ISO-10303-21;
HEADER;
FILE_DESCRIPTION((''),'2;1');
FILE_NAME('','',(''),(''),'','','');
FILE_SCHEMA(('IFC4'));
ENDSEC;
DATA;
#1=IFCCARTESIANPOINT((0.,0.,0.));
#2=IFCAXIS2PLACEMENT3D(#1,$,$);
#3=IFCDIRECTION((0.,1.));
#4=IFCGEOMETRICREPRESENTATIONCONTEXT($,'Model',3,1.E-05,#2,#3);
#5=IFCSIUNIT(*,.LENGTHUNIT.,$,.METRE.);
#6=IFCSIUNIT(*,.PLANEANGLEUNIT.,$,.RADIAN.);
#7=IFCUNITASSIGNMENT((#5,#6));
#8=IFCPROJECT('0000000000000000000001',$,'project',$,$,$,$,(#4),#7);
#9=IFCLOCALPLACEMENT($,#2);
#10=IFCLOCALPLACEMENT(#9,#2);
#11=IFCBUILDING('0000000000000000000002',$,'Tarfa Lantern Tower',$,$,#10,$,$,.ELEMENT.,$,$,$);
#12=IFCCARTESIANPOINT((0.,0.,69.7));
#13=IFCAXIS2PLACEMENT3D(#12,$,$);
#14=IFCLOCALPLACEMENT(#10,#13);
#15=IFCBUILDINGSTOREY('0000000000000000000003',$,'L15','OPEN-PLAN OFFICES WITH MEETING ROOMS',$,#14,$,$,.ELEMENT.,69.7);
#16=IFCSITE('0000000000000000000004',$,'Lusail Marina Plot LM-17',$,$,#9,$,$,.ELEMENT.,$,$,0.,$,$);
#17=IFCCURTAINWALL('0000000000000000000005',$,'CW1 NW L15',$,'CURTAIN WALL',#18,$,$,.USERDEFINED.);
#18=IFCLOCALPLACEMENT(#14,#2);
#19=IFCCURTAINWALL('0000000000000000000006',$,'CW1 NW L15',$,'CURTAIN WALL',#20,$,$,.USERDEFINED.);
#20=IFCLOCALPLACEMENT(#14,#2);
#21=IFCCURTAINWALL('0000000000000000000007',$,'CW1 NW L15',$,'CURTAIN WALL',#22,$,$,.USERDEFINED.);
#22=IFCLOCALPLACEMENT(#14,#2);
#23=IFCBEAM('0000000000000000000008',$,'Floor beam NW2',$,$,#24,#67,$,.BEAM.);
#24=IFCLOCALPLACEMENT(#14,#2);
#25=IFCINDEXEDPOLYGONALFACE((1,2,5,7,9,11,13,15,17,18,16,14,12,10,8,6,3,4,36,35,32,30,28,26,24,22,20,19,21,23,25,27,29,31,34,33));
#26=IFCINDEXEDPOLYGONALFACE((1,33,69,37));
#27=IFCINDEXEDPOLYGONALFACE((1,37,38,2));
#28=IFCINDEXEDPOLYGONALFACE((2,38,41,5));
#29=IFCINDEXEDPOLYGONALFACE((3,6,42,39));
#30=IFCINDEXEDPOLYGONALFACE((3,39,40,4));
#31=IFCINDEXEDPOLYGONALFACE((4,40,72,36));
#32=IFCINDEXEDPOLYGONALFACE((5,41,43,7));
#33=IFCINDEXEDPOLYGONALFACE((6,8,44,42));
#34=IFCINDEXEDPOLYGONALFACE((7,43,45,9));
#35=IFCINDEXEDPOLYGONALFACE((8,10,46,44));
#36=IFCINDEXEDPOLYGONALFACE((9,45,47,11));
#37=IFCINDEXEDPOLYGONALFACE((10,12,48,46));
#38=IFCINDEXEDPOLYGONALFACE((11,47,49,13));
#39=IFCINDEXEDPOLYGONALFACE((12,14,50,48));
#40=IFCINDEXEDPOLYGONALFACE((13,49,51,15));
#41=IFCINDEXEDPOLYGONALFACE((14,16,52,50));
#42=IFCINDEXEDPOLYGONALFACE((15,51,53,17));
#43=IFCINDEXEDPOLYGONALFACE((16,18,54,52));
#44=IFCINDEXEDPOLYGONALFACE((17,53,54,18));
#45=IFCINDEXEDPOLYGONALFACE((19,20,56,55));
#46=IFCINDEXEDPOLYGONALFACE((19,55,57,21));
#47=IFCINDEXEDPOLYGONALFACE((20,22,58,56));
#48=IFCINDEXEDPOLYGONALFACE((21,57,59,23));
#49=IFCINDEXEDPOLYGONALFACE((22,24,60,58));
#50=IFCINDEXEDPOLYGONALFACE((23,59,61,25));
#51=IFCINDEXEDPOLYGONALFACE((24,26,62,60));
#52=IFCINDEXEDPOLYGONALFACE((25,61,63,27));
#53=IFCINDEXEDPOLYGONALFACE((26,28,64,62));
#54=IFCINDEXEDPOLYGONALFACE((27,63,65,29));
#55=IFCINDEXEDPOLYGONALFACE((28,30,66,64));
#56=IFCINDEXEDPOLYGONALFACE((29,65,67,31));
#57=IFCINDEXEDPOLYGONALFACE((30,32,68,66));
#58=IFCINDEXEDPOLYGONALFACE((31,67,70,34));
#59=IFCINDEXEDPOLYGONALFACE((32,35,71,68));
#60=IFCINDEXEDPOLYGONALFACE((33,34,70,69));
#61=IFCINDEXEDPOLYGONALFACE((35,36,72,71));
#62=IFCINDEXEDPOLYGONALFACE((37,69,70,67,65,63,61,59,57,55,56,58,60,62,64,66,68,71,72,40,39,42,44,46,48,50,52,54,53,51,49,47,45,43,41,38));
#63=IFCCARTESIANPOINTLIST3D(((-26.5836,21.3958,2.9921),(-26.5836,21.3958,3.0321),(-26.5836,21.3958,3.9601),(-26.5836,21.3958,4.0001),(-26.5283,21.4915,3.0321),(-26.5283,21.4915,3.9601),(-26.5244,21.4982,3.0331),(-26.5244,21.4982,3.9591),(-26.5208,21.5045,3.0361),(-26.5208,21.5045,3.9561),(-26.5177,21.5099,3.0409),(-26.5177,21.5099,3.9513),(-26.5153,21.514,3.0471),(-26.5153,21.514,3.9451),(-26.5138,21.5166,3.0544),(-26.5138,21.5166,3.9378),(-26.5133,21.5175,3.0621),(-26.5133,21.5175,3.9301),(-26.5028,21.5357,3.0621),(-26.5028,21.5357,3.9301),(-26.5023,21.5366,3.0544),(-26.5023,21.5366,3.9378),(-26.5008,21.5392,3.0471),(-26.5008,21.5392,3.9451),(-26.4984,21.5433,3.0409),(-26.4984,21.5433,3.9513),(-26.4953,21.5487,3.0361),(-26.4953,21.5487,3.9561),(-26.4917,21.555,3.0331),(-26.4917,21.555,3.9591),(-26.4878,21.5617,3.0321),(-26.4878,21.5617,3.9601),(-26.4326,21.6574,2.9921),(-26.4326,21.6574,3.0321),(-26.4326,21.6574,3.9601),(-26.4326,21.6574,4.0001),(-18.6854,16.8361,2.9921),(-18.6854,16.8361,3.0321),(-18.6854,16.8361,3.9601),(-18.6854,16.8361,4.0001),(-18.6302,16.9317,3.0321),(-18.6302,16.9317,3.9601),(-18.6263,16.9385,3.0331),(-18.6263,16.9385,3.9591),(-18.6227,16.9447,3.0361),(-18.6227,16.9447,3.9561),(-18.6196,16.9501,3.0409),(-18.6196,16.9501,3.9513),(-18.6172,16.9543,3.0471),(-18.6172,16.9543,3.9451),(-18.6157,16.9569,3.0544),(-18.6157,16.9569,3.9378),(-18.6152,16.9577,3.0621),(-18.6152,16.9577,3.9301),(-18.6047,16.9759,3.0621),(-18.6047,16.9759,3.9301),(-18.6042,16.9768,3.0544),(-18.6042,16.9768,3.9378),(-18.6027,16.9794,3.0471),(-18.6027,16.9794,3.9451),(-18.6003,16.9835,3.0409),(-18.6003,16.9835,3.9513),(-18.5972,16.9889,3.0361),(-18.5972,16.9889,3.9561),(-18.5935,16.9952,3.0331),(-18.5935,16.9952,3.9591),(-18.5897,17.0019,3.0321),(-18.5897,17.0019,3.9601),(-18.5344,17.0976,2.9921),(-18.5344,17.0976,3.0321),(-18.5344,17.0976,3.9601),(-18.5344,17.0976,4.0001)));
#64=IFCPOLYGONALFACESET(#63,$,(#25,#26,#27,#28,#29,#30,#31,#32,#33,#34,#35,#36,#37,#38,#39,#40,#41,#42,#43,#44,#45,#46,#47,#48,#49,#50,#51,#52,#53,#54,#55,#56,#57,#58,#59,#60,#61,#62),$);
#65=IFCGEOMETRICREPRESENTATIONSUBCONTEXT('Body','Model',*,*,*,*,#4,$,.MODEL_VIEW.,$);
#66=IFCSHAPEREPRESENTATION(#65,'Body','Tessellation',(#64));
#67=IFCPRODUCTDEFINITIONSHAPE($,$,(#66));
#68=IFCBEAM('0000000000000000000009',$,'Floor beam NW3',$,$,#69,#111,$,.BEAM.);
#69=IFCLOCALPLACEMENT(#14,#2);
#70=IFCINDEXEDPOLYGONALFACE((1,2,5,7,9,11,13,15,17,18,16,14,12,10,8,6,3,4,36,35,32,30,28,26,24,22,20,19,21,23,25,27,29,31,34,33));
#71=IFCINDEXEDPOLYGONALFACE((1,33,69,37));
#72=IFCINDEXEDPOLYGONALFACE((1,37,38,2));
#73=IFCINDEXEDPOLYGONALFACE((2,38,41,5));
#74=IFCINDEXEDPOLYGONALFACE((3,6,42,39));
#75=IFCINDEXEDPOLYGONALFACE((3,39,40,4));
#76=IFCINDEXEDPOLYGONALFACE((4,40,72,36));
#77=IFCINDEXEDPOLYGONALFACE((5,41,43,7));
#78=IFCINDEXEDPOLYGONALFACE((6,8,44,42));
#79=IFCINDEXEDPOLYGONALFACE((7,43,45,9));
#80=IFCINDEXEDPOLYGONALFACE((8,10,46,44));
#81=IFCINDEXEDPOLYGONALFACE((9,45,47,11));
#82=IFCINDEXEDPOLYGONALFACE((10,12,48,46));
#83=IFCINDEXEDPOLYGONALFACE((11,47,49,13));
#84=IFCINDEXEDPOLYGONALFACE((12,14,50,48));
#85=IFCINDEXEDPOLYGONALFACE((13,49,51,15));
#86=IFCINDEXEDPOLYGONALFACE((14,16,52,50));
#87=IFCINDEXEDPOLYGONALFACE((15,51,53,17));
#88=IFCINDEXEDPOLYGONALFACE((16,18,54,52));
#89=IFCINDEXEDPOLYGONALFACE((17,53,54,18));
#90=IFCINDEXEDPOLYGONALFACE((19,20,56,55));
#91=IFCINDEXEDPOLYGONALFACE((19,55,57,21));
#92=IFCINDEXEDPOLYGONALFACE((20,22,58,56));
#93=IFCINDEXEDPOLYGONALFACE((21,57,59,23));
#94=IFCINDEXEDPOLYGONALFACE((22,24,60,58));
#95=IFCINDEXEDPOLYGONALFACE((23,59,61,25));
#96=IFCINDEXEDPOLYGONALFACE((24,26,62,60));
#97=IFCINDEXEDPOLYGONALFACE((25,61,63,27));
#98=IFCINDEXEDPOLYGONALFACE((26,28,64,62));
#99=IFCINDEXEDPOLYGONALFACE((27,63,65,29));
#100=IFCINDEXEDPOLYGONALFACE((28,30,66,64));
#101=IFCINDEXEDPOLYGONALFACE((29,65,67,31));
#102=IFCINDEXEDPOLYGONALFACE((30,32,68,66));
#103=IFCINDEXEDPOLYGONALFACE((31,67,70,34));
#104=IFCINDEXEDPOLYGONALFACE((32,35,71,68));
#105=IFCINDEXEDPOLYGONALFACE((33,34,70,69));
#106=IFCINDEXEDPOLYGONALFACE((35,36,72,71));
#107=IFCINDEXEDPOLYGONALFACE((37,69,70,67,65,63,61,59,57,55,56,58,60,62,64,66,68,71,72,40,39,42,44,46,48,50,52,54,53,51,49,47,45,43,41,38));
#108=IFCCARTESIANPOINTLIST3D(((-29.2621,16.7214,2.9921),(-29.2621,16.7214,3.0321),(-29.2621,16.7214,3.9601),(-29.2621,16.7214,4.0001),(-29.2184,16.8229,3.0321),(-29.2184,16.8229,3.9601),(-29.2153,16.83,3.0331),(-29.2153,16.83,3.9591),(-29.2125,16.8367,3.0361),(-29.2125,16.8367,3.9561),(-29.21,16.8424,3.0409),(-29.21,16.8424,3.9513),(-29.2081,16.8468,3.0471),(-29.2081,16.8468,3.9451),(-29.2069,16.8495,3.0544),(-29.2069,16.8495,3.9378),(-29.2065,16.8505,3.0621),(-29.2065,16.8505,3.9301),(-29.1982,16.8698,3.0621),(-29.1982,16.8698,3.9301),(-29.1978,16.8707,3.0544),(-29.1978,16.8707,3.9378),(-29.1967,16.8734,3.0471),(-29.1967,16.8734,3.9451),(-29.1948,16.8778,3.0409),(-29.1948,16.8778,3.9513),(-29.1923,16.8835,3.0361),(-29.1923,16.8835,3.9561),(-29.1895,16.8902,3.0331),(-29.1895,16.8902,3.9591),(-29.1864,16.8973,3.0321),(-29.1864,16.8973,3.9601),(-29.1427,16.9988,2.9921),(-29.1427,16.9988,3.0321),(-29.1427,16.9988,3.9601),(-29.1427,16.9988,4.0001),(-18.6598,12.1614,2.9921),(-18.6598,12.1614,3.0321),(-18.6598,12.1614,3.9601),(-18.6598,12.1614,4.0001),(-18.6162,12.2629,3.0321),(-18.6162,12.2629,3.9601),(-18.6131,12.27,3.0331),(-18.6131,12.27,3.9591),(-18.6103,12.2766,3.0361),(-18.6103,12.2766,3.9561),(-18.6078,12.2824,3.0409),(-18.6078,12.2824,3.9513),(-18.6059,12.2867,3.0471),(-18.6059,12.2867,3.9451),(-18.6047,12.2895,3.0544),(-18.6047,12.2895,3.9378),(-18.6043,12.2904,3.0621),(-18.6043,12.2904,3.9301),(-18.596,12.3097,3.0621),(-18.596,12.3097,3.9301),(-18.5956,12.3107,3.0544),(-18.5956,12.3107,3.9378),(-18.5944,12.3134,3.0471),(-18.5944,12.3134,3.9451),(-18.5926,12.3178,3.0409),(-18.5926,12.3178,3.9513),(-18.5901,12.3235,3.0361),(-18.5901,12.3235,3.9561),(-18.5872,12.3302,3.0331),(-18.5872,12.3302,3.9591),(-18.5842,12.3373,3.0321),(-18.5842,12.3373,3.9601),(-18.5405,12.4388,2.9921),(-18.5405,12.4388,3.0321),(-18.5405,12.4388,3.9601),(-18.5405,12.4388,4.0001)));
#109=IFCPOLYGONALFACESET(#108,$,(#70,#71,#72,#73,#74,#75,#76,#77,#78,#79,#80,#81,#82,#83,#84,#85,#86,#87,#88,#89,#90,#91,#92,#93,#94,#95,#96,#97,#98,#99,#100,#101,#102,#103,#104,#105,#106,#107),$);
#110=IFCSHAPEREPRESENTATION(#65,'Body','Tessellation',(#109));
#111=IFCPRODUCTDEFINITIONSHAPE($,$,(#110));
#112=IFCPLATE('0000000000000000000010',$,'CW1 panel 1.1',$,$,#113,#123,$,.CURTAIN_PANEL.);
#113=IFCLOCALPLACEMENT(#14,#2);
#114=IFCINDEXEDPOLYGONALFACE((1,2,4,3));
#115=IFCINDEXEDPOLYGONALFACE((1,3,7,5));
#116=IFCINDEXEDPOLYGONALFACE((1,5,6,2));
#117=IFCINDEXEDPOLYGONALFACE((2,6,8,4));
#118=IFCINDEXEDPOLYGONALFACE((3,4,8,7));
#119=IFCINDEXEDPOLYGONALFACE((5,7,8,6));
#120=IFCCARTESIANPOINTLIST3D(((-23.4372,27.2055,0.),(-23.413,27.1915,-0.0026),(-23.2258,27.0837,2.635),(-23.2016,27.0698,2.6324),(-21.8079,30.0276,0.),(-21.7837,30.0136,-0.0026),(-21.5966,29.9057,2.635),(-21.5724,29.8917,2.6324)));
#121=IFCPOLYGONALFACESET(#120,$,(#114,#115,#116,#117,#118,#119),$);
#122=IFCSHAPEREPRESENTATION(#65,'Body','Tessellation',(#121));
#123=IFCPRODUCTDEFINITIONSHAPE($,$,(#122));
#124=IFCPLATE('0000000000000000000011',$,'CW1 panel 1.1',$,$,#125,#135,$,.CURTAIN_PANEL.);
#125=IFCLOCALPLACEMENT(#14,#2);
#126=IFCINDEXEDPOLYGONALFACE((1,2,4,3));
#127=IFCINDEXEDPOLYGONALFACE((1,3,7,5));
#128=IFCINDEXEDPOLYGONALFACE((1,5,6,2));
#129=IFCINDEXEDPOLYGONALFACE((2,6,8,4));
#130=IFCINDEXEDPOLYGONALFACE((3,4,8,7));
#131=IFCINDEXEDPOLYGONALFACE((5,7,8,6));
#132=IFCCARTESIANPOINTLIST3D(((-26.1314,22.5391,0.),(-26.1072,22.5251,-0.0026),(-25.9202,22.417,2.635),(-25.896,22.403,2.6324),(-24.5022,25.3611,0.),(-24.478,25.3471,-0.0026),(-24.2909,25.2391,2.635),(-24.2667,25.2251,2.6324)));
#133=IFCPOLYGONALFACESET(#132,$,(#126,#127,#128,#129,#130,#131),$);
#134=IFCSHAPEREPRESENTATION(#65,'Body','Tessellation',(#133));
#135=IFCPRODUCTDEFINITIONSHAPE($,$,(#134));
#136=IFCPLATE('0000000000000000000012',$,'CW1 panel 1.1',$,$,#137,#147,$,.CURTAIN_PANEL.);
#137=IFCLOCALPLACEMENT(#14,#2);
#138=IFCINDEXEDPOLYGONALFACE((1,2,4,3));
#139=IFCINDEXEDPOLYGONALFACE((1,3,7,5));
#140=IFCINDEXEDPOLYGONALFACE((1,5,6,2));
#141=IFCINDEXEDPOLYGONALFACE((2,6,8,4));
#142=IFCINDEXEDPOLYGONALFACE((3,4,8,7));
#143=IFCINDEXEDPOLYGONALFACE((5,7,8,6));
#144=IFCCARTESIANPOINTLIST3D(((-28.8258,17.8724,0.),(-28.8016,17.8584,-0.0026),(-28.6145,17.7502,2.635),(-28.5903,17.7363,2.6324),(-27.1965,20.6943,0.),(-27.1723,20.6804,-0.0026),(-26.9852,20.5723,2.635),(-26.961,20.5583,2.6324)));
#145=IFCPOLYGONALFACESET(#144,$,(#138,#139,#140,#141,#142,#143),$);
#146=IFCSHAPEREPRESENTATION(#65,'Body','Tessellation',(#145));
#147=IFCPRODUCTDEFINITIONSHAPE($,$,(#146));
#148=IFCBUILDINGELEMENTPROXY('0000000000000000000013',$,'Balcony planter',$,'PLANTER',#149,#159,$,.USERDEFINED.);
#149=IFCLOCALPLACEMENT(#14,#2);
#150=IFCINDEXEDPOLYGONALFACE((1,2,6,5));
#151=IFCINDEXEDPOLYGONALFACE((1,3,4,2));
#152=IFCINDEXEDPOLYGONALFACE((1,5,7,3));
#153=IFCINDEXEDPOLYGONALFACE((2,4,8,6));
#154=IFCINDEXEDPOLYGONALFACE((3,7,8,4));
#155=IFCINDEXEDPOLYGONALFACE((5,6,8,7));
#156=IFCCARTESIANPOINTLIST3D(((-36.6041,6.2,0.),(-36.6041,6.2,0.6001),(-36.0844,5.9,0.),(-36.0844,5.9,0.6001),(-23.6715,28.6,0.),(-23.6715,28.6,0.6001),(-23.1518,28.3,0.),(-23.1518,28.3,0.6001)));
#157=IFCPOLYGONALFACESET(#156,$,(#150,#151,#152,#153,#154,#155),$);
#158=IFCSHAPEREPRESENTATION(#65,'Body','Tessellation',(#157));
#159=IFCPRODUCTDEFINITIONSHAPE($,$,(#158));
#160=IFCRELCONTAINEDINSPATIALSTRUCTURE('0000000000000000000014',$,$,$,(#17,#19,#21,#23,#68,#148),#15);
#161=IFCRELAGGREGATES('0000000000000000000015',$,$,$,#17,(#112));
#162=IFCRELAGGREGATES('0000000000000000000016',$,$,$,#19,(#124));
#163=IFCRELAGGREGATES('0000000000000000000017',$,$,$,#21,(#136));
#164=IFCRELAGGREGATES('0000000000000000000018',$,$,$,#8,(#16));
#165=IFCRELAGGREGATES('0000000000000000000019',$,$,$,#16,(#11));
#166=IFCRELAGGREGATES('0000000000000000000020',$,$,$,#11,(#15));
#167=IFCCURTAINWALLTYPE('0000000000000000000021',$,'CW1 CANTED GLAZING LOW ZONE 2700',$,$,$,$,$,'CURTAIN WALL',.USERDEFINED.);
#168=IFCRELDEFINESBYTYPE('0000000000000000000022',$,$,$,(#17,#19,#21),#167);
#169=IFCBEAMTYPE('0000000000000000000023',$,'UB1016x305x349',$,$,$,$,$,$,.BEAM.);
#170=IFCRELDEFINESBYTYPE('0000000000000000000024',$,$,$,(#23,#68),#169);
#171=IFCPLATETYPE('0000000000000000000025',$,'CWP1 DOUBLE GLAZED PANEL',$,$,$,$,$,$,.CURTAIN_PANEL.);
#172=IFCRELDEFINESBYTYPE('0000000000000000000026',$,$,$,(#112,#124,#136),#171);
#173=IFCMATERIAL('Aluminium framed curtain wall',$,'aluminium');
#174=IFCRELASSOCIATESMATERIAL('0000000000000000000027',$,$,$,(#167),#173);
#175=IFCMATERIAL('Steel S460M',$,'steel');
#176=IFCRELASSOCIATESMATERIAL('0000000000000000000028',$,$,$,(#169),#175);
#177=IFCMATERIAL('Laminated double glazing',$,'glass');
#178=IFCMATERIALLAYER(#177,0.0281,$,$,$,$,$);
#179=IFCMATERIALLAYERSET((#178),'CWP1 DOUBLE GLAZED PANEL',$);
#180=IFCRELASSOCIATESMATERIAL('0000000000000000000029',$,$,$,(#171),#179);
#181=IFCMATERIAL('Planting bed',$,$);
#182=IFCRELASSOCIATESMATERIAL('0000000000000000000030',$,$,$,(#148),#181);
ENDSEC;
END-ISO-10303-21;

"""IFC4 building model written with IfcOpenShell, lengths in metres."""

from ifc_helpers import new_model, si_unit, direction, frame, origin, origin_2d, place, context, subcontext, project, spatial, polyline, rectangle, i_section, outline, extrude, material, layer, layer_set, material_profile, profile_set, type_object, element, aggregate, save


model = new_model("IFC4")

# Units and contexts
model_context = context("Model", 3, precision=1e-05, world=origin(), true_north=direction((0.0, 1.0)))
body_context = subcontext(model_context, "Body", "Model", "MODEL_VIEW")
ifc_project = project(units=[si_unit("LENGTHUNIT", "METRE"), si_unit("PLANEANGLEUNIT", "RADIAN")], contexts=[model_context])

# Site, building, storey
site_placement = place(None, origin())
site = spatial("IfcSite", under=ifc_project, at=site_placement, Name="Lusail Marina Plot LM-17", CompositionType="ELEMENT", RefElevation=0.0)
building_placement = place(site_placement, origin())
building = spatial("IfcBuilding", under=site, at=building_placement, Name="Tarfa Lantern Tower", CompositionType="ELEMENT")
storey_placement = place(building_placement, frame((0.0, 0.0, 69.7)))
storey = spatial("IfcBuildingStorey", under=building, at=storey_placement, Name="L15", Description="OPEN-PLAN OFFICES WITH MEETING ROOMS", CompositionType="ELEMENT", Elevation=69.7)

# Curtain walls
ifc_material_1 = material(Name="Aluminium framed curtain wall", Category="aluminium")
curtain_wall_type = type_object("IfcCurtainWallType", Name="CW1 CANTED GLAZING LOW ZONE 2700", ElementType="CURTAIN WALL", PredefinedType="USERDEFINED", material=ifc_material_1)
curtain_wall_1_placement = place(storey_placement, origin())
curtain_wall_1 = element("IfcCurtainWall", 1, at=curtain_wall_1_placement, inside=storey, type_object=curtain_wall_type, Name="CW1 NW L15", ObjectType="CURTAIN WALL", PredefinedType="USERDEFINED")
curtain_wall_2_placement = place(storey_placement, origin())
curtain_wall_2 = element("IfcCurtainWall", 2, at=curtain_wall_2_placement, inside=storey, type_object=curtain_wall_type, Name="CW1 NW L15", ObjectType="CURTAIN WALL", PredefinedType="USERDEFINED")
curtain_wall_3_placement = place(storey_placement, origin())
curtain_wall_3 = element("IfcCurtainWall", 3, at=curtain_wall_3_placement, inside=storey, type_object=curtain_wall_type, Name="CW1 NW L15", ObjectType="CURTAIN WALL", PredefinedType="USERDEFINED")

# Beams
ifc_material_2 = material(Name="Steel S460M", Category="steel")
ifc_material_profile_1 = material_profile(ifc_material_2, i_section(OverallWidth=0.302, OverallDepth=1.0081, WebThickness=0.021, FlangeThickness=0.04, FilletRadius=0.03, at=origin_2d()), Name="UB1016x305x349")
ifc_profile_set_1 = profile_set([ifc_material_profile_1], Name="Steel S460M")
beam_type_1 = type_object("IfcBeamType", Name="UB1016x305x349", PredefinedType="BEAM", material=ifc_profile_set_1)
beam_1_placement = place(storey_placement, frame((-26.5081, 21.5266, 3.4961), z_axis=(0.866035, -0.499983, 0.0), x_axis=(0.499983, 0.866035, 0.0)))
element("IfcBeam", 4, at=beam_1_placement, inside=storey, type_object=beam_type_1, Name="Floor beam NW2", PredefinedType="BEAM", context=body_context, shape_type="SweptSolid", body=[
    extrude(i_section(OverallWidth=0.302, OverallDepth=1.0081, WebThickness=0.021, FlangeThickness=0.04, FilletRadius=0.03, at=origin_2d()), origin(), (0.0, 0.0, 1.0), 9.1199),
])
beam_2_placement = place(storey_placement, frame((-29.2024, 16.8601, 3.4961), z_axis=(0.918635, -0.395106, 0.0), x_axis=(0.395106, 0.918635, 0.0)))
element("IfcBeam", 5, at=beam_2_placement, inside=storey, type_object=beam_type_1, Name="Floor beam NW3", PredefinedType="BEAM", context=body_context, shape_type="SweptSolid", body=[
    extrude(i_section(OverallWidth=0.302, OverallDepth=1.0081, WebThickness=0.021, FlangeThickness=0.04, FilletRadius=0.03, at=origin_2d()), origin(), (0.0, 0.0, 1.0), 11.5413),
])

# Plates
ifc_material_3 = material(Name="Laminated double glazing", Category="glass")
ifc_layer = layer(ifc_material_3, 0.0281)
ifc_layer_set = layer_set([ifc_layer], Name="CWP1 DOUBLE GLAZED PANEL")
plate_type = type_object("IfcPlateType", Name="CWP1 DOUBLE GLAZED PANEL", PredefinedType="CURTAIN_PANEL", material=ifc_layer_set)
plate_1_placement = place(storey_placement, frame((-21.8079, 30.0276, 0.0), z_axis=(-0.862342, 0.497867, 0.09217), x_axis=(-0.499995, -0.866028, -0.000003)))
plate_1 = element("IfcPlate", 6, at=plate_1_placement, type_object=plate_type, Name="CW1 panel 1.1", PredefinedType="CURTAIN_PANEL", context=body_context, shape_type="SweptSolid", body=[
    extrude(outline(polyline([(0.0, 0.0), (3.2586, 0.0), (3.2584, 2.6463), (-0.0001, 2.6463), (0.0, 0.0)])), origin(), (0.0, 0.0, -1.0), 0.0281),
])
aggregate(curtain_wall_1, [plate_1])
plate_2_placement = place(storey_placement, frame((-24.5022, 25.3611, 0.0), z_axis=(-0.862338, 0.497864, 0.092216), x_axis=(-0.499995, -0.866029, 0.000003)))
plate_2 = element("IfcPlate", 7, at=plate_2_placement, type_object=plate_type, Name="CW1 panel 1.1", PredefinedType="CURTAIN_PANEL", context=body_context, shape_type="SweptSolid", body=[
    extrude(outline(polyline([(0.0, 0.0), (3.2585, 0.0), (3.2587, 2.6463), (0.0, 2.6463), (0.0, 0.0)])), origin(), (0.0, 0.0, -1.0), 0.0281),
])
aggregate(curtain_wall_2, [plate_2])
plate_3_placement = place(storey_placement, frame((-27.1965, 20.6943, 0.0), z_axis=(-0.862338, 0.497864, 0.092216), x_axis=(-0.499995, -0.866029, 0.000003)))
plate_3 = element("IfcPlate", 8, at=plate_3_placement, type_object=plate_type, Name="CW1 panel 1.1", PredefinedType="CURTAIN_PANEL", context=body_context, shape_type="SweptSolid", body=[
    extrude(outline(polyline([(0.0, 0.0), (3.2585, 0.0), (3.2587, 2.6463), (0.0, 2.6463), (0.0, 0.0)])), origin(), (0.0, 0.0, -1.0), 0.0281),
])
aggregate(curtain_wall_3, [plate_3])

# Building element proxy
ifc_material_4 = material(Name="Planting bed")
proxy_placement = place(storey_placement, frame((-29.8779, 17.25, 0.0), z_axis=(0.0, 0.0, 1.0), x_axis=(-0.5, -0.866025, 0.0)))
element("IfcBuildingElementProxy", 9, at=proxy_placement, inside=storey, material=ifc_material_4, Name="Balcony planter", ObjectType="PLANTER", PredefinedType="USERDEFINED", context=body_context, shape_type="SweptSolid", body=[
    extrude(rectangle(XDim=25.8652, YDim=0.6001, at=origin_2d()), origin(), (0.0, 0.0, 1.0), 0.6001),
])

save(model, "model.ifc")
